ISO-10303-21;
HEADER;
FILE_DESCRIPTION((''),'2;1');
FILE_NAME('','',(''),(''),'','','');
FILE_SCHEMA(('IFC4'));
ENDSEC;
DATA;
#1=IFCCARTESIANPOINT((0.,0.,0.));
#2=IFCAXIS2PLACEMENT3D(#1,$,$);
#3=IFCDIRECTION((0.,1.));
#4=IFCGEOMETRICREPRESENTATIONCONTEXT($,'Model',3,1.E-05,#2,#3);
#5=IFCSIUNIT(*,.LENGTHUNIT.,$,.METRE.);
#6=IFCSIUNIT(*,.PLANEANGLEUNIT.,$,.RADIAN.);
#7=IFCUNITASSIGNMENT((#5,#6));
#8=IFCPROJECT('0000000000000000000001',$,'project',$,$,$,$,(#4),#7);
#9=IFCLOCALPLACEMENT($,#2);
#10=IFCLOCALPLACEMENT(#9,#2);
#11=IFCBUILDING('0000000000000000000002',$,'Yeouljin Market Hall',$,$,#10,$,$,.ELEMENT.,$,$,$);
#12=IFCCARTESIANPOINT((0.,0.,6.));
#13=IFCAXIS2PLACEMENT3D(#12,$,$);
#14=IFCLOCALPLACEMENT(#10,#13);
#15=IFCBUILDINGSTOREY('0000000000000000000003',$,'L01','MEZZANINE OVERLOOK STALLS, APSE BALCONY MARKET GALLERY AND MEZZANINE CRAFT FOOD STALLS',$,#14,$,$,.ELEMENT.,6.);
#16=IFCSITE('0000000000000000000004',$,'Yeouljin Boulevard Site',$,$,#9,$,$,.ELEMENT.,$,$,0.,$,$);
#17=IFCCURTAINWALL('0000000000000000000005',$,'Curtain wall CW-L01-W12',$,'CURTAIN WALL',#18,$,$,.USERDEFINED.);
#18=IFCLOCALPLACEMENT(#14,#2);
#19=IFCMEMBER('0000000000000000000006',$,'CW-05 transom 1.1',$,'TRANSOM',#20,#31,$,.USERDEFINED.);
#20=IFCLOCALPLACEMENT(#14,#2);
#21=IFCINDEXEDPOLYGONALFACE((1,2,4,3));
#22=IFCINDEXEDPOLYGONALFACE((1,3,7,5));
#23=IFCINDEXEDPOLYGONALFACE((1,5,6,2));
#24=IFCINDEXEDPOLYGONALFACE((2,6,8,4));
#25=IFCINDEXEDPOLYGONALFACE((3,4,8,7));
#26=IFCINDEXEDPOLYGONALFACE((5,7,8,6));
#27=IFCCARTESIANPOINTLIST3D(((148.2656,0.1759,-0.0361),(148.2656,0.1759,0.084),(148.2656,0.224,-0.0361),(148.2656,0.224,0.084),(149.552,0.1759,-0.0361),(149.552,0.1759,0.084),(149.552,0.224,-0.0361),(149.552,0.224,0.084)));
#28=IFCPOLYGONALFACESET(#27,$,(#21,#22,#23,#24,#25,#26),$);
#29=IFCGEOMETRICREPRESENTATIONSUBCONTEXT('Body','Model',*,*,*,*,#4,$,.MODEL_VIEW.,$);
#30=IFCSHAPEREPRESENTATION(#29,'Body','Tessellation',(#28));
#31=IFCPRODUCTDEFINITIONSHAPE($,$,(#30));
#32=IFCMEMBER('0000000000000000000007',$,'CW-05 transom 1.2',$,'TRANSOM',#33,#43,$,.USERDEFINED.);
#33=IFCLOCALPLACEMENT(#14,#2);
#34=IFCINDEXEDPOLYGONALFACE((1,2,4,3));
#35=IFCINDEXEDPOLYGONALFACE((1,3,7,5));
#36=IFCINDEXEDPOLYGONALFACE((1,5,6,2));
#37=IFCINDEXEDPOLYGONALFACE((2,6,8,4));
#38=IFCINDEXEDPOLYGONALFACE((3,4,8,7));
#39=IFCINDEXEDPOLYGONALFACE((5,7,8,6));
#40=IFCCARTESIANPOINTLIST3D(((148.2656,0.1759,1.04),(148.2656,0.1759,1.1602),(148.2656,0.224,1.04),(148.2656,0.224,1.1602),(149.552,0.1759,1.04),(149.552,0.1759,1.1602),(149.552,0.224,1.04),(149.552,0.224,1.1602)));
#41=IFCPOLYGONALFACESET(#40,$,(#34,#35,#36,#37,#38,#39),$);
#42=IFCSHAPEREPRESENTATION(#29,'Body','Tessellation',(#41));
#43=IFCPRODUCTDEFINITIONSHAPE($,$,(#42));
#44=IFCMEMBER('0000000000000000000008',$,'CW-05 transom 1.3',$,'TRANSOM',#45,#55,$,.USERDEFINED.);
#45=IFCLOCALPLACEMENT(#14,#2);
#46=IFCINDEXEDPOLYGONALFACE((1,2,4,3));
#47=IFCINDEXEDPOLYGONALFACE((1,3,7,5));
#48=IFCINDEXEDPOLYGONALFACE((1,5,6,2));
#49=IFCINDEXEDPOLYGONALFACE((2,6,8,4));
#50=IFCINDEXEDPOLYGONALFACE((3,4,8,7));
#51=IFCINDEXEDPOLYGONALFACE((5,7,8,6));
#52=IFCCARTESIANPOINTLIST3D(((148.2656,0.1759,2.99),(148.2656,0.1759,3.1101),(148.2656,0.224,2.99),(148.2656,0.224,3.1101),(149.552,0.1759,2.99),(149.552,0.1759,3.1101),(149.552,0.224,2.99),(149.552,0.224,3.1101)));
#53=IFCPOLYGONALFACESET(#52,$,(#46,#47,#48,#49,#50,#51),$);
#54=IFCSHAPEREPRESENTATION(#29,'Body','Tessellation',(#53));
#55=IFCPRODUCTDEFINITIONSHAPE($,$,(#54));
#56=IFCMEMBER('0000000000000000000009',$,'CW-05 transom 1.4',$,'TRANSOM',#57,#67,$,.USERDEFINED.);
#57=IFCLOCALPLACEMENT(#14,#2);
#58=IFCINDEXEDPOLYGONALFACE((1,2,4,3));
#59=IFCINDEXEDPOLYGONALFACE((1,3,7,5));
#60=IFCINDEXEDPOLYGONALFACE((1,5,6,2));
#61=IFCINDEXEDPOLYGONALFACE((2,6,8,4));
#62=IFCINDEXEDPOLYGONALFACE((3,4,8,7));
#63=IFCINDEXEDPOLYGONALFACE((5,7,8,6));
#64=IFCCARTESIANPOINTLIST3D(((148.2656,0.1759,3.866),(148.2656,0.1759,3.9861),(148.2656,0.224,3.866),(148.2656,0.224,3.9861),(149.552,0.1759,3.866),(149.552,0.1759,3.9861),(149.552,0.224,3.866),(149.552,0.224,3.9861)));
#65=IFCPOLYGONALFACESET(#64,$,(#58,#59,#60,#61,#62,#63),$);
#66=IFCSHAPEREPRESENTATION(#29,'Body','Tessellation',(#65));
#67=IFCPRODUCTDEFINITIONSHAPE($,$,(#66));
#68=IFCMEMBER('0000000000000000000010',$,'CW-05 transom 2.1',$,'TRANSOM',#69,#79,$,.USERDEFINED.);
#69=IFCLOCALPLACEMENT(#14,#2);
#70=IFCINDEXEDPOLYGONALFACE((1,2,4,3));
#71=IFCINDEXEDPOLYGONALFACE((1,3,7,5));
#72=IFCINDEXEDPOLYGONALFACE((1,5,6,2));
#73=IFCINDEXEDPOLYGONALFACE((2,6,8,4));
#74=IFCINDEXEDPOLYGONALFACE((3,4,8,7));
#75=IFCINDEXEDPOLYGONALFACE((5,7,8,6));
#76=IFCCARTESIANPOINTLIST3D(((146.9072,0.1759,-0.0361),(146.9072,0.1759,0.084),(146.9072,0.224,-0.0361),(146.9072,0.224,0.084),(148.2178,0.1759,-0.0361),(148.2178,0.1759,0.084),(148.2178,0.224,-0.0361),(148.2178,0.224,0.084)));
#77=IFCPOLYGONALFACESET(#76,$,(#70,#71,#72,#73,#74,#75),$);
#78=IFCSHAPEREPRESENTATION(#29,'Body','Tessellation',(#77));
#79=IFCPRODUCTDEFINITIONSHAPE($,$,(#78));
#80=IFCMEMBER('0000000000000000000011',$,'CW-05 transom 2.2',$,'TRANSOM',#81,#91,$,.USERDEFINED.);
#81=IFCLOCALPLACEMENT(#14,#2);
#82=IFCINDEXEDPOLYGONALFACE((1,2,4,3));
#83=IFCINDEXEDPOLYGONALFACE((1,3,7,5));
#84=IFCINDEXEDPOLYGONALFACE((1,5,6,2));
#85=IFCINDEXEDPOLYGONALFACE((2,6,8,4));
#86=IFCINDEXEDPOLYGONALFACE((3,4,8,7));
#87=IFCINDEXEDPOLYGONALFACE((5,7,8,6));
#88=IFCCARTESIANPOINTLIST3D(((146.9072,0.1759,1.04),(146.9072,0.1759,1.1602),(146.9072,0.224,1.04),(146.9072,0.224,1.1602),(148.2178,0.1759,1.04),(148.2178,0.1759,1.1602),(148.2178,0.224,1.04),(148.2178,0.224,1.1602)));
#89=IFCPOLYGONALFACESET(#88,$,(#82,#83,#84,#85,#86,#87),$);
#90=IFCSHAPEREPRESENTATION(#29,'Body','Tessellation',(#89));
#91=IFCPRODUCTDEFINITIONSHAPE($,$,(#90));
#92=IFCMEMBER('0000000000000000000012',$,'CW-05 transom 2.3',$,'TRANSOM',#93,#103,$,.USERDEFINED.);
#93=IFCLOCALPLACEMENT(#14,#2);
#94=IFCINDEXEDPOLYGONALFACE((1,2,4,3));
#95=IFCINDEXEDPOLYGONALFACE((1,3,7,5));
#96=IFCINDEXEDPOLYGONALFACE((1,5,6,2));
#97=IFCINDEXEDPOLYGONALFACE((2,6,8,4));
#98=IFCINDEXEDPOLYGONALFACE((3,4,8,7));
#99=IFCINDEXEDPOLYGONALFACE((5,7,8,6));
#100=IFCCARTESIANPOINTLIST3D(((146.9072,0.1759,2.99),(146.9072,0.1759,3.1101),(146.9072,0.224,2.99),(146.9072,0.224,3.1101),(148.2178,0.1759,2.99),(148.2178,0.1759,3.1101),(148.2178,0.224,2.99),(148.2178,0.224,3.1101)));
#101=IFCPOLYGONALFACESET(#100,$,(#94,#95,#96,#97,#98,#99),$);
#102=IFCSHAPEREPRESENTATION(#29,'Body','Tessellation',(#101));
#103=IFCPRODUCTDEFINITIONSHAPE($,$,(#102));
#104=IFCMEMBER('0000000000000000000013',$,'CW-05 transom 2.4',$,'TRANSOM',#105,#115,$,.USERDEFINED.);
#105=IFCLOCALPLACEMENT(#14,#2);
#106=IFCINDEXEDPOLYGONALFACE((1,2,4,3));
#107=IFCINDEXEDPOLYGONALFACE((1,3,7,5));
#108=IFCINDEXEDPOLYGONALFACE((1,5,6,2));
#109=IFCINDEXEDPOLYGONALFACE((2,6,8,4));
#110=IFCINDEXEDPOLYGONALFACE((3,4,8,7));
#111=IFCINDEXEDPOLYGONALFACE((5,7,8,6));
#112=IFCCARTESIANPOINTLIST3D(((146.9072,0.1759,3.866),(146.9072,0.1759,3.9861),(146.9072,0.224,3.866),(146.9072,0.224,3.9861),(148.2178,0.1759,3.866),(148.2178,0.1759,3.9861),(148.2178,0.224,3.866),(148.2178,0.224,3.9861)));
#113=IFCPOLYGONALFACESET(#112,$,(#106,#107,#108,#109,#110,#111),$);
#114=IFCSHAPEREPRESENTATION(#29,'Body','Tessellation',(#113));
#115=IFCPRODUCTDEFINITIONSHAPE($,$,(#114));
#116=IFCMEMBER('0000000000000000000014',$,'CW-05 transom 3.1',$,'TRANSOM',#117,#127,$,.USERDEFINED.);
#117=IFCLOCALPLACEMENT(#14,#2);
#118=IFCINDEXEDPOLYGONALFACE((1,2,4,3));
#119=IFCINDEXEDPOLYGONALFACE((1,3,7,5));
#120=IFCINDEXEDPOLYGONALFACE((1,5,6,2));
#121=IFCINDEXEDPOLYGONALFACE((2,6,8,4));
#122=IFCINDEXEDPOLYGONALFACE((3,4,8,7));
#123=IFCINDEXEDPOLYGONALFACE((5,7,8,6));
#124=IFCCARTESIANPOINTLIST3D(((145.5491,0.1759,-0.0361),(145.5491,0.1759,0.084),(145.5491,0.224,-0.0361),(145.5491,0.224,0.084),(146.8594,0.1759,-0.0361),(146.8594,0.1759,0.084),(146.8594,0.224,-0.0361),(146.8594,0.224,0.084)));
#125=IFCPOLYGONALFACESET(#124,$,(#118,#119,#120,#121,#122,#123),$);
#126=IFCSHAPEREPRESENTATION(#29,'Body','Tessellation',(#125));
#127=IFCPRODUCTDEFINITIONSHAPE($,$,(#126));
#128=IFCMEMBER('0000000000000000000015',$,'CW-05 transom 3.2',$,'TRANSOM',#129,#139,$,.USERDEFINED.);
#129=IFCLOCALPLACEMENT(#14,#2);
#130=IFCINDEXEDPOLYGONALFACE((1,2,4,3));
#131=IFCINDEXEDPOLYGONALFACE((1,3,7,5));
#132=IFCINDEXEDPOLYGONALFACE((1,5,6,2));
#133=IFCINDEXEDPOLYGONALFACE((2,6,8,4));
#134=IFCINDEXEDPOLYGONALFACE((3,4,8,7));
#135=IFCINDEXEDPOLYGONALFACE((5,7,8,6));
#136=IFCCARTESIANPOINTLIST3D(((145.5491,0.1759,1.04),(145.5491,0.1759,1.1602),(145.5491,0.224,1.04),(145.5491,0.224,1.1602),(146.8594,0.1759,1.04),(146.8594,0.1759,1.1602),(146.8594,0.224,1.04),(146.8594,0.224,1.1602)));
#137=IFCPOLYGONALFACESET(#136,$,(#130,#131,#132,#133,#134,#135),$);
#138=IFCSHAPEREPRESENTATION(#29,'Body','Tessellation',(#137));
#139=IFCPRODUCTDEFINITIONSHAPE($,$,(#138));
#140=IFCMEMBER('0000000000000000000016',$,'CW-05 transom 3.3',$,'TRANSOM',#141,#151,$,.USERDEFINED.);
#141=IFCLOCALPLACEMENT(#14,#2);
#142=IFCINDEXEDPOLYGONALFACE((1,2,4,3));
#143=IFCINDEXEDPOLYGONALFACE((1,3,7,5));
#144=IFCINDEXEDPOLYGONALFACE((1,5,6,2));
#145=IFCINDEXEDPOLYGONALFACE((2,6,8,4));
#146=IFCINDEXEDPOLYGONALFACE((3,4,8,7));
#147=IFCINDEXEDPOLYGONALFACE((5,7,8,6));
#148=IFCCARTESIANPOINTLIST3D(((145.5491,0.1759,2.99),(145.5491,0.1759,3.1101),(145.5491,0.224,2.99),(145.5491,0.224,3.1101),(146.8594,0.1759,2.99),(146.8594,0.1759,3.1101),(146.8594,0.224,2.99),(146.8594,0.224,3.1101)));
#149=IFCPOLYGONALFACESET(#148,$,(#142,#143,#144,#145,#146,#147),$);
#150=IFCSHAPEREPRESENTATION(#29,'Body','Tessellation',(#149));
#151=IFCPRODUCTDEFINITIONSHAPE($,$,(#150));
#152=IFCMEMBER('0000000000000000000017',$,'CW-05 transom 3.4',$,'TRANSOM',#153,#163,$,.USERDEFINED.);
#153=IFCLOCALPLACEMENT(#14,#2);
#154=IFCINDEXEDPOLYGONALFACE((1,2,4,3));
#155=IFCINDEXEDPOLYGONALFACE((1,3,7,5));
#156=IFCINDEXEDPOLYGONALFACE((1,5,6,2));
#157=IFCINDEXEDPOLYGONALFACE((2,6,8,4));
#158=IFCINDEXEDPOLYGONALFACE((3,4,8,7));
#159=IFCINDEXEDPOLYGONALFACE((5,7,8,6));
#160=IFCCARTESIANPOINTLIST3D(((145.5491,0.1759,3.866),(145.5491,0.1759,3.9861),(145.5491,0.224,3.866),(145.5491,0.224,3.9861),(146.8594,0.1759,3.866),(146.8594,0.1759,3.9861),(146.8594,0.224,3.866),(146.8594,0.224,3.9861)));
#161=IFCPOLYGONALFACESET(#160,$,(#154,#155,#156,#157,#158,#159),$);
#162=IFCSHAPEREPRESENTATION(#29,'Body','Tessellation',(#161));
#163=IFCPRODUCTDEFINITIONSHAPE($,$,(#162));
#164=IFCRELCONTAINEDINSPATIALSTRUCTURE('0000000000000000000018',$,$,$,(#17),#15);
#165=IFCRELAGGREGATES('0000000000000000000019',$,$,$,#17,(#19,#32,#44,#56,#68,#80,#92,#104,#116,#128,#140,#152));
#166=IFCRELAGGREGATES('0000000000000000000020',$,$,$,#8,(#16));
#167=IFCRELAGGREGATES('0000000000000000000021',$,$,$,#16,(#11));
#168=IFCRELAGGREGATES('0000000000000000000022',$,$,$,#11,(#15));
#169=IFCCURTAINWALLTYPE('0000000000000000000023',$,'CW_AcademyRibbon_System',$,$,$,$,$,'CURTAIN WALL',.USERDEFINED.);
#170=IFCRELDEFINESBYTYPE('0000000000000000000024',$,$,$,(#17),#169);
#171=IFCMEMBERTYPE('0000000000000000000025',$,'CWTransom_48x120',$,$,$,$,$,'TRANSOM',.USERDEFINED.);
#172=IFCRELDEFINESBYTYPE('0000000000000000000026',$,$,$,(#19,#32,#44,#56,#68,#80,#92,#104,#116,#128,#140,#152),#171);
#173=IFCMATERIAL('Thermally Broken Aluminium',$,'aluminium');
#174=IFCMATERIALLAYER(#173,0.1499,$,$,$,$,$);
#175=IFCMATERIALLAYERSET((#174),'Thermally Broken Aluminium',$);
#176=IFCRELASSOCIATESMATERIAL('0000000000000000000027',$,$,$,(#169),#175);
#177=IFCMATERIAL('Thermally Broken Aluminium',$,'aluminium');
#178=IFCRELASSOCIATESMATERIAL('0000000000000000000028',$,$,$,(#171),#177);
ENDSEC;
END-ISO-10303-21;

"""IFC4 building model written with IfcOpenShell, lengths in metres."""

from ifc_helpers import new_model, si_unit, direction, frame, origin, origin_2d, place, context, subcontext, project, spatial, rectangle, extrude, material, layer, layer_set, material_profile, profile_set, type_object, element, aggregate, save


model = new_model("IFC4")

# Units and contexts
model_context = context("Model", 3, precision=1e-05, world=origin(), true_north=direction((0.0, 1.0)))
body_context = subcontext(model_context, "Body", "Model", "MODEL_VIEW")
ifc_project = project(units=[si_unit("LENGTHUNIT", "METRE"), si_unit("PLANEANGLEUNIT", "RADIAN")], contexts=[model_context])

# Site, building, storey
site_placement = place(None, origin())
site = spatial("IfcSite", under=ifc_project, at=site_placement, Name="Yeouljin Boulevard Site", CompositionType="ELEMENT", RefElevation=0.0)
building_placement = place(site_placement, origin())
building = spatial("IfcBuilding", under=site, at=building_placement, Name="Yeouljin Market Hall", CompositionType="ELEMENT")
storey_placement = place(building_placement, frame((0.0, 0.0, 6.0)))
storey = spatial("IfcBuildingStorey", under=building, at=storey_placement, Name="L01", Description="MEZZANINE OVERLOOK STALLS, APSE BALCONY MARKET GALLERY AND MEZZANINE CRAFT FOOD STALLS", CompositionType="ELEMENT", Elevation=6.0)

# Curtain wall, members
ifc_material_1 = material(Name="Thermally Broken Aluminium", Category="aluminium")
ifc_layer_1 = layer(ifc_material_1, 0.1499)
ifc_layer_set_1 = layer_set([ifc_layer_1], Name="Thermally Broken Aluminium")
curtain_wall_type = type_object("IfcCurtainWallType", Name="CW_AcademyRibbon_System", ElementType="CURTAIN WALL", PredefinedType="USERDEFINED", material=ifc_layer_set_1)
curtain_wall_placement = place(storey_placement, origin())
curtain_wall = element("IfcCurtainWall", 1, at=curtain_wall_placement, inside=storey, type_object=curtain_wall_type, Name="Curtain wall CW-L01-W12", ObjectType="CURTAIN WALL", PredefinedType="USERDEFINED")
ifc_material_2 = material(Name="Thermally Broken Aluminium", Category="aluminium")
ifc_material_profile_1 = material_profile(ifc_material_2, rectangle(XDim=0.0481, YDim=0.1201, at=origin_2d()), Name="CW-TRAN-48x120")
ifc_profile_set_1 = profile_set([ifc_material_profile_1], Name="Thermally Broken Aluminium")
member_type_1 = type_object("IfcMemberType", Name="CWTransom_48x120", ElementType="TRANSOM", PredefinedType="USERDEFINED", material=ifc_profile_set_1)
member_1_placement = place(storey_placement, frame((149.552, 0.2, 0.0239), z_axis=(-1.0, 0.0, 0.0), x_axis=(0.0, -1.0, 0.0)))
member_1 = element("IfcMember", 2, at=member_1_placement, type_object=member_type_1, Name="CW-05 transom 1.1", ObjectType="TRANSOM", PredefinedType="USERDEFINED", context=body_context, shape_type="SweptSolid", body=[
    extrude(rectangle(XDim=0.0481, YDim=0.1201, at=origin_2d()), origin(), (0.0, 0.0, 1.0), 1.2864),
])
member_2_placement = place(storey_placement, frame((149.552, 0.2, 1.1001), z_axis=(-1.0, 0.0, 0.0), x_axis=(0.0, -1.0, 0.0)))
member_2 = element("IfcMember", 3, at=member_2_placement, type_object=member_type_1, Name="CW-05 transom 1.2", ObjectType="TRANSOM", PredefinedType="USERDEFINED", context=body_context, shape_type="SweptSolid", body=[
    extrude(rectangle(XDim=0.0481, YDim=0.1201, at=origin_2d()), origin(), (0.0, 0.0, 1.0), 1.2864),
])
member_3_placement = place(storey_placement, frame((149.552, 0.2, 3.05), z_axis=(-1.0, 0.0, 0.0), x_axis=(0.0, -1.0, 0.0)))
member_3 = element("IfcMember", 4, at=member_3_placement, type_object=member_type_1, Name="CW-05 transom 1.3", ObjectType="TRANSOM", PredefinedType="USERDEFINED", context=body_context, shape_type="SweptSolid", body=[
    extrude(rectangle(XDim=0.0481, YDim=0.1201, at=origin_2d()), origin(), (0.0, 0.0, 1.0), 1.2864),
])
member_4_placement = place(storey_placement, frame((149.552, 0.2, 3.926), z_axis=(-1.0, 0.0, 0.0), x_axis=(0.0, -1.0, 0.0)))
member_4 = element("IfcMember", 5, at=member_4_placement, type_object=member_type_1, Name="CW-05 transom 1.4", ObjectType="TRANSOM", PredefinedType="USERDEFINED", context=body_context, shape_type="SweptSolid", body=[
    extrude(rectangle(XDim=0.0481, YDim=0.1201, at=origin_2d()), origin(), (0.0, 0.0, 1.0), 1.2864),
])
member_5_placement = place(storey_placement, frame((148.2178, 0.2, 0.0239), z_axis=(-1.0, 0.0, 0.0), x_axis=(0.0, -1.0, 0.0)))
member_5 = element("IfcMember", 6, at=member_5_placement, type_object=member_type_1, Name="CW-05 transom 2.1", ObjectType="TRANSOM", PredefinedType="USERDEFINED", context=body_context, shape_type="SweptSolid", body=[
    extrude(rectangle(XDim=0.0481, YDim=0.1201, at=origin_2d()), origin(), (0.0, 0.0, 1.0), 1.3105),
])
member_6_placement = place(storey_placement, frame((148.2178, 0.2, 1.1001), z_axis=(-1.0, 0.0, 0.0), x_axis=(0.0, -1.0, 0.0)))
member_6 = element("IfcMember", 7, at=member_6_placement, type_object=member_type_1, Name="CW-05 transom 2.2", ObjectType="TRANSOM", PredefinedType="USERDEFINED", context=body_context, shape_type="SweptSolid", body=[
    extrude(rectangle(XDim=0.0481, YDim=0.1201, at=origin_2d()), origin(), (0.0, 0.0, 1.0), 1.3105),
])
member_7_placement = place(storey_placement, frame((148.2178, 0.2, 3.05), z_axis=(-1.0, 0.0, 0.0), x_axis=(0.0, -1.0, 0.0)))
member_7 = element("IfcMember", 8, at=member_7_placement, type_object=member_type_1, Name="CW-05 transom 2.3", ObjectType="TRANSOM", PredefinedType="USERDEFINED", context=body_context, shape_type="SweptSolid", body=[
    extrude(rectangle(XDim=0.0481, YDim=0.1201, at=origin_2d()), origin(), (0.0, 0.0, 1.0), 1.3105),
])
member_8_placement = place(storey_placement, frame((148.2178, 0.2, 3.926), z_axis=(-1.0, 0.0, 0.0), x_axis=(0.0, -1.0, 0.0)))
member_8 = element("IfcMember", 9, at=member_8_placement, type_object=member_type_1, Name="CW-05 transom 2.4", ObjectType="TRANSOM", PredefinedType="USERDEFINED", context=body_context, shape_type="SweptSolid", body=[
    extrude(rectangle(XDim=0.0481, YDim=0.1201, at=origin_2d()), origin(), (0.0, 0.0, 1.0), 1.3105),
])
member_9_placement = place(storey_placement, frame((146.8594, 0.2, 0.0239), z_axis=(-1.0, 0.0, 0.0), x_axis=(0.0, -1.0, 0.0)))
member_9 = element("IfcMember", 10, at=member_9_placement, type_object=member_type_1, Name="CW-05 transom 3.1", ObjectType="TRANSOM", PredefinedType="USERDEFINED", context=body_context, shape_type="SweptSolid", body=[
    extrude(rectangle(XDim=0.0481, YDim=0.1201, at=origin_2d()), origin(), (0.0, 0.0, 1.0), 1.3103),
])
member_10_placement = place(storey_placement, frame((146.8594, 0.2, 1.1001), z_axis=(-1.0, 0.0, 0.0), x_axis=(0.0, -1.0, 0.0)))
member_10 = element("IfcMember", 11, at=member_10_placement, type_object=member_type_1, Name="CW-05 transom 3.2", ObjectType="TRANSOM", PredefinedType="USERDEFINED", context=body_context, shape_type="SweptSolid", body=[
    extrude(rectangle(XDim=0.0481, YDim=0.1201, at=origin_2d()), origin(), (0.0, 0.0, 1.0), 1.3103),
])
member_11_placement = place(storey_placement, frame((146.8594, 0.2, 3.05), z_axis=(-1.0, 0.0, 0.0), x_axis=(0.0, -1.0, 0.0)))
member_11 = element("IfcMember", 12, at=member_11_placement, type_object=member_type_1, Name="CW-05 transom 3.3", ObjectType="TRANSOM", PredefinedType="USERDEFINED", context=body_context, shape_type="SweptSolid", body=[
    extrude(rectangle(XDim=0.0481, YDim=0.1201, at=origin_2d()), origin(), (0.0, 0.0, 1.0), 1.3103),
])
member_12_placement = place(storey_placement, frame((146.8594, 0.2, 3.926), z_axis=(-1.0, 0.0, 0.0), x_axis=(0.0, -1.0, 0.0)))
member_12 = element("IfcMember", 13, at=member_12_placement, type_object=member_type_1, Name="CW-05 transom 3.4", ObjectType="TRANSOM", PredefinedType="USERDEFINED", context=body_context, shape_type="SweptSolid", body=[
    extrude(rectangle(XDim=0.0481, YDim=0.1201, at=origin_2d()), origin(), (0.0, 0.0, 1.0), 1.3103),
])

aggregate(curtain_wall, [member_1, member_2, member_3, member_4, member_5, member_6, member_7, member_8, member_9, member_10, member_11, member_12])

save(model, "model.ifc")
